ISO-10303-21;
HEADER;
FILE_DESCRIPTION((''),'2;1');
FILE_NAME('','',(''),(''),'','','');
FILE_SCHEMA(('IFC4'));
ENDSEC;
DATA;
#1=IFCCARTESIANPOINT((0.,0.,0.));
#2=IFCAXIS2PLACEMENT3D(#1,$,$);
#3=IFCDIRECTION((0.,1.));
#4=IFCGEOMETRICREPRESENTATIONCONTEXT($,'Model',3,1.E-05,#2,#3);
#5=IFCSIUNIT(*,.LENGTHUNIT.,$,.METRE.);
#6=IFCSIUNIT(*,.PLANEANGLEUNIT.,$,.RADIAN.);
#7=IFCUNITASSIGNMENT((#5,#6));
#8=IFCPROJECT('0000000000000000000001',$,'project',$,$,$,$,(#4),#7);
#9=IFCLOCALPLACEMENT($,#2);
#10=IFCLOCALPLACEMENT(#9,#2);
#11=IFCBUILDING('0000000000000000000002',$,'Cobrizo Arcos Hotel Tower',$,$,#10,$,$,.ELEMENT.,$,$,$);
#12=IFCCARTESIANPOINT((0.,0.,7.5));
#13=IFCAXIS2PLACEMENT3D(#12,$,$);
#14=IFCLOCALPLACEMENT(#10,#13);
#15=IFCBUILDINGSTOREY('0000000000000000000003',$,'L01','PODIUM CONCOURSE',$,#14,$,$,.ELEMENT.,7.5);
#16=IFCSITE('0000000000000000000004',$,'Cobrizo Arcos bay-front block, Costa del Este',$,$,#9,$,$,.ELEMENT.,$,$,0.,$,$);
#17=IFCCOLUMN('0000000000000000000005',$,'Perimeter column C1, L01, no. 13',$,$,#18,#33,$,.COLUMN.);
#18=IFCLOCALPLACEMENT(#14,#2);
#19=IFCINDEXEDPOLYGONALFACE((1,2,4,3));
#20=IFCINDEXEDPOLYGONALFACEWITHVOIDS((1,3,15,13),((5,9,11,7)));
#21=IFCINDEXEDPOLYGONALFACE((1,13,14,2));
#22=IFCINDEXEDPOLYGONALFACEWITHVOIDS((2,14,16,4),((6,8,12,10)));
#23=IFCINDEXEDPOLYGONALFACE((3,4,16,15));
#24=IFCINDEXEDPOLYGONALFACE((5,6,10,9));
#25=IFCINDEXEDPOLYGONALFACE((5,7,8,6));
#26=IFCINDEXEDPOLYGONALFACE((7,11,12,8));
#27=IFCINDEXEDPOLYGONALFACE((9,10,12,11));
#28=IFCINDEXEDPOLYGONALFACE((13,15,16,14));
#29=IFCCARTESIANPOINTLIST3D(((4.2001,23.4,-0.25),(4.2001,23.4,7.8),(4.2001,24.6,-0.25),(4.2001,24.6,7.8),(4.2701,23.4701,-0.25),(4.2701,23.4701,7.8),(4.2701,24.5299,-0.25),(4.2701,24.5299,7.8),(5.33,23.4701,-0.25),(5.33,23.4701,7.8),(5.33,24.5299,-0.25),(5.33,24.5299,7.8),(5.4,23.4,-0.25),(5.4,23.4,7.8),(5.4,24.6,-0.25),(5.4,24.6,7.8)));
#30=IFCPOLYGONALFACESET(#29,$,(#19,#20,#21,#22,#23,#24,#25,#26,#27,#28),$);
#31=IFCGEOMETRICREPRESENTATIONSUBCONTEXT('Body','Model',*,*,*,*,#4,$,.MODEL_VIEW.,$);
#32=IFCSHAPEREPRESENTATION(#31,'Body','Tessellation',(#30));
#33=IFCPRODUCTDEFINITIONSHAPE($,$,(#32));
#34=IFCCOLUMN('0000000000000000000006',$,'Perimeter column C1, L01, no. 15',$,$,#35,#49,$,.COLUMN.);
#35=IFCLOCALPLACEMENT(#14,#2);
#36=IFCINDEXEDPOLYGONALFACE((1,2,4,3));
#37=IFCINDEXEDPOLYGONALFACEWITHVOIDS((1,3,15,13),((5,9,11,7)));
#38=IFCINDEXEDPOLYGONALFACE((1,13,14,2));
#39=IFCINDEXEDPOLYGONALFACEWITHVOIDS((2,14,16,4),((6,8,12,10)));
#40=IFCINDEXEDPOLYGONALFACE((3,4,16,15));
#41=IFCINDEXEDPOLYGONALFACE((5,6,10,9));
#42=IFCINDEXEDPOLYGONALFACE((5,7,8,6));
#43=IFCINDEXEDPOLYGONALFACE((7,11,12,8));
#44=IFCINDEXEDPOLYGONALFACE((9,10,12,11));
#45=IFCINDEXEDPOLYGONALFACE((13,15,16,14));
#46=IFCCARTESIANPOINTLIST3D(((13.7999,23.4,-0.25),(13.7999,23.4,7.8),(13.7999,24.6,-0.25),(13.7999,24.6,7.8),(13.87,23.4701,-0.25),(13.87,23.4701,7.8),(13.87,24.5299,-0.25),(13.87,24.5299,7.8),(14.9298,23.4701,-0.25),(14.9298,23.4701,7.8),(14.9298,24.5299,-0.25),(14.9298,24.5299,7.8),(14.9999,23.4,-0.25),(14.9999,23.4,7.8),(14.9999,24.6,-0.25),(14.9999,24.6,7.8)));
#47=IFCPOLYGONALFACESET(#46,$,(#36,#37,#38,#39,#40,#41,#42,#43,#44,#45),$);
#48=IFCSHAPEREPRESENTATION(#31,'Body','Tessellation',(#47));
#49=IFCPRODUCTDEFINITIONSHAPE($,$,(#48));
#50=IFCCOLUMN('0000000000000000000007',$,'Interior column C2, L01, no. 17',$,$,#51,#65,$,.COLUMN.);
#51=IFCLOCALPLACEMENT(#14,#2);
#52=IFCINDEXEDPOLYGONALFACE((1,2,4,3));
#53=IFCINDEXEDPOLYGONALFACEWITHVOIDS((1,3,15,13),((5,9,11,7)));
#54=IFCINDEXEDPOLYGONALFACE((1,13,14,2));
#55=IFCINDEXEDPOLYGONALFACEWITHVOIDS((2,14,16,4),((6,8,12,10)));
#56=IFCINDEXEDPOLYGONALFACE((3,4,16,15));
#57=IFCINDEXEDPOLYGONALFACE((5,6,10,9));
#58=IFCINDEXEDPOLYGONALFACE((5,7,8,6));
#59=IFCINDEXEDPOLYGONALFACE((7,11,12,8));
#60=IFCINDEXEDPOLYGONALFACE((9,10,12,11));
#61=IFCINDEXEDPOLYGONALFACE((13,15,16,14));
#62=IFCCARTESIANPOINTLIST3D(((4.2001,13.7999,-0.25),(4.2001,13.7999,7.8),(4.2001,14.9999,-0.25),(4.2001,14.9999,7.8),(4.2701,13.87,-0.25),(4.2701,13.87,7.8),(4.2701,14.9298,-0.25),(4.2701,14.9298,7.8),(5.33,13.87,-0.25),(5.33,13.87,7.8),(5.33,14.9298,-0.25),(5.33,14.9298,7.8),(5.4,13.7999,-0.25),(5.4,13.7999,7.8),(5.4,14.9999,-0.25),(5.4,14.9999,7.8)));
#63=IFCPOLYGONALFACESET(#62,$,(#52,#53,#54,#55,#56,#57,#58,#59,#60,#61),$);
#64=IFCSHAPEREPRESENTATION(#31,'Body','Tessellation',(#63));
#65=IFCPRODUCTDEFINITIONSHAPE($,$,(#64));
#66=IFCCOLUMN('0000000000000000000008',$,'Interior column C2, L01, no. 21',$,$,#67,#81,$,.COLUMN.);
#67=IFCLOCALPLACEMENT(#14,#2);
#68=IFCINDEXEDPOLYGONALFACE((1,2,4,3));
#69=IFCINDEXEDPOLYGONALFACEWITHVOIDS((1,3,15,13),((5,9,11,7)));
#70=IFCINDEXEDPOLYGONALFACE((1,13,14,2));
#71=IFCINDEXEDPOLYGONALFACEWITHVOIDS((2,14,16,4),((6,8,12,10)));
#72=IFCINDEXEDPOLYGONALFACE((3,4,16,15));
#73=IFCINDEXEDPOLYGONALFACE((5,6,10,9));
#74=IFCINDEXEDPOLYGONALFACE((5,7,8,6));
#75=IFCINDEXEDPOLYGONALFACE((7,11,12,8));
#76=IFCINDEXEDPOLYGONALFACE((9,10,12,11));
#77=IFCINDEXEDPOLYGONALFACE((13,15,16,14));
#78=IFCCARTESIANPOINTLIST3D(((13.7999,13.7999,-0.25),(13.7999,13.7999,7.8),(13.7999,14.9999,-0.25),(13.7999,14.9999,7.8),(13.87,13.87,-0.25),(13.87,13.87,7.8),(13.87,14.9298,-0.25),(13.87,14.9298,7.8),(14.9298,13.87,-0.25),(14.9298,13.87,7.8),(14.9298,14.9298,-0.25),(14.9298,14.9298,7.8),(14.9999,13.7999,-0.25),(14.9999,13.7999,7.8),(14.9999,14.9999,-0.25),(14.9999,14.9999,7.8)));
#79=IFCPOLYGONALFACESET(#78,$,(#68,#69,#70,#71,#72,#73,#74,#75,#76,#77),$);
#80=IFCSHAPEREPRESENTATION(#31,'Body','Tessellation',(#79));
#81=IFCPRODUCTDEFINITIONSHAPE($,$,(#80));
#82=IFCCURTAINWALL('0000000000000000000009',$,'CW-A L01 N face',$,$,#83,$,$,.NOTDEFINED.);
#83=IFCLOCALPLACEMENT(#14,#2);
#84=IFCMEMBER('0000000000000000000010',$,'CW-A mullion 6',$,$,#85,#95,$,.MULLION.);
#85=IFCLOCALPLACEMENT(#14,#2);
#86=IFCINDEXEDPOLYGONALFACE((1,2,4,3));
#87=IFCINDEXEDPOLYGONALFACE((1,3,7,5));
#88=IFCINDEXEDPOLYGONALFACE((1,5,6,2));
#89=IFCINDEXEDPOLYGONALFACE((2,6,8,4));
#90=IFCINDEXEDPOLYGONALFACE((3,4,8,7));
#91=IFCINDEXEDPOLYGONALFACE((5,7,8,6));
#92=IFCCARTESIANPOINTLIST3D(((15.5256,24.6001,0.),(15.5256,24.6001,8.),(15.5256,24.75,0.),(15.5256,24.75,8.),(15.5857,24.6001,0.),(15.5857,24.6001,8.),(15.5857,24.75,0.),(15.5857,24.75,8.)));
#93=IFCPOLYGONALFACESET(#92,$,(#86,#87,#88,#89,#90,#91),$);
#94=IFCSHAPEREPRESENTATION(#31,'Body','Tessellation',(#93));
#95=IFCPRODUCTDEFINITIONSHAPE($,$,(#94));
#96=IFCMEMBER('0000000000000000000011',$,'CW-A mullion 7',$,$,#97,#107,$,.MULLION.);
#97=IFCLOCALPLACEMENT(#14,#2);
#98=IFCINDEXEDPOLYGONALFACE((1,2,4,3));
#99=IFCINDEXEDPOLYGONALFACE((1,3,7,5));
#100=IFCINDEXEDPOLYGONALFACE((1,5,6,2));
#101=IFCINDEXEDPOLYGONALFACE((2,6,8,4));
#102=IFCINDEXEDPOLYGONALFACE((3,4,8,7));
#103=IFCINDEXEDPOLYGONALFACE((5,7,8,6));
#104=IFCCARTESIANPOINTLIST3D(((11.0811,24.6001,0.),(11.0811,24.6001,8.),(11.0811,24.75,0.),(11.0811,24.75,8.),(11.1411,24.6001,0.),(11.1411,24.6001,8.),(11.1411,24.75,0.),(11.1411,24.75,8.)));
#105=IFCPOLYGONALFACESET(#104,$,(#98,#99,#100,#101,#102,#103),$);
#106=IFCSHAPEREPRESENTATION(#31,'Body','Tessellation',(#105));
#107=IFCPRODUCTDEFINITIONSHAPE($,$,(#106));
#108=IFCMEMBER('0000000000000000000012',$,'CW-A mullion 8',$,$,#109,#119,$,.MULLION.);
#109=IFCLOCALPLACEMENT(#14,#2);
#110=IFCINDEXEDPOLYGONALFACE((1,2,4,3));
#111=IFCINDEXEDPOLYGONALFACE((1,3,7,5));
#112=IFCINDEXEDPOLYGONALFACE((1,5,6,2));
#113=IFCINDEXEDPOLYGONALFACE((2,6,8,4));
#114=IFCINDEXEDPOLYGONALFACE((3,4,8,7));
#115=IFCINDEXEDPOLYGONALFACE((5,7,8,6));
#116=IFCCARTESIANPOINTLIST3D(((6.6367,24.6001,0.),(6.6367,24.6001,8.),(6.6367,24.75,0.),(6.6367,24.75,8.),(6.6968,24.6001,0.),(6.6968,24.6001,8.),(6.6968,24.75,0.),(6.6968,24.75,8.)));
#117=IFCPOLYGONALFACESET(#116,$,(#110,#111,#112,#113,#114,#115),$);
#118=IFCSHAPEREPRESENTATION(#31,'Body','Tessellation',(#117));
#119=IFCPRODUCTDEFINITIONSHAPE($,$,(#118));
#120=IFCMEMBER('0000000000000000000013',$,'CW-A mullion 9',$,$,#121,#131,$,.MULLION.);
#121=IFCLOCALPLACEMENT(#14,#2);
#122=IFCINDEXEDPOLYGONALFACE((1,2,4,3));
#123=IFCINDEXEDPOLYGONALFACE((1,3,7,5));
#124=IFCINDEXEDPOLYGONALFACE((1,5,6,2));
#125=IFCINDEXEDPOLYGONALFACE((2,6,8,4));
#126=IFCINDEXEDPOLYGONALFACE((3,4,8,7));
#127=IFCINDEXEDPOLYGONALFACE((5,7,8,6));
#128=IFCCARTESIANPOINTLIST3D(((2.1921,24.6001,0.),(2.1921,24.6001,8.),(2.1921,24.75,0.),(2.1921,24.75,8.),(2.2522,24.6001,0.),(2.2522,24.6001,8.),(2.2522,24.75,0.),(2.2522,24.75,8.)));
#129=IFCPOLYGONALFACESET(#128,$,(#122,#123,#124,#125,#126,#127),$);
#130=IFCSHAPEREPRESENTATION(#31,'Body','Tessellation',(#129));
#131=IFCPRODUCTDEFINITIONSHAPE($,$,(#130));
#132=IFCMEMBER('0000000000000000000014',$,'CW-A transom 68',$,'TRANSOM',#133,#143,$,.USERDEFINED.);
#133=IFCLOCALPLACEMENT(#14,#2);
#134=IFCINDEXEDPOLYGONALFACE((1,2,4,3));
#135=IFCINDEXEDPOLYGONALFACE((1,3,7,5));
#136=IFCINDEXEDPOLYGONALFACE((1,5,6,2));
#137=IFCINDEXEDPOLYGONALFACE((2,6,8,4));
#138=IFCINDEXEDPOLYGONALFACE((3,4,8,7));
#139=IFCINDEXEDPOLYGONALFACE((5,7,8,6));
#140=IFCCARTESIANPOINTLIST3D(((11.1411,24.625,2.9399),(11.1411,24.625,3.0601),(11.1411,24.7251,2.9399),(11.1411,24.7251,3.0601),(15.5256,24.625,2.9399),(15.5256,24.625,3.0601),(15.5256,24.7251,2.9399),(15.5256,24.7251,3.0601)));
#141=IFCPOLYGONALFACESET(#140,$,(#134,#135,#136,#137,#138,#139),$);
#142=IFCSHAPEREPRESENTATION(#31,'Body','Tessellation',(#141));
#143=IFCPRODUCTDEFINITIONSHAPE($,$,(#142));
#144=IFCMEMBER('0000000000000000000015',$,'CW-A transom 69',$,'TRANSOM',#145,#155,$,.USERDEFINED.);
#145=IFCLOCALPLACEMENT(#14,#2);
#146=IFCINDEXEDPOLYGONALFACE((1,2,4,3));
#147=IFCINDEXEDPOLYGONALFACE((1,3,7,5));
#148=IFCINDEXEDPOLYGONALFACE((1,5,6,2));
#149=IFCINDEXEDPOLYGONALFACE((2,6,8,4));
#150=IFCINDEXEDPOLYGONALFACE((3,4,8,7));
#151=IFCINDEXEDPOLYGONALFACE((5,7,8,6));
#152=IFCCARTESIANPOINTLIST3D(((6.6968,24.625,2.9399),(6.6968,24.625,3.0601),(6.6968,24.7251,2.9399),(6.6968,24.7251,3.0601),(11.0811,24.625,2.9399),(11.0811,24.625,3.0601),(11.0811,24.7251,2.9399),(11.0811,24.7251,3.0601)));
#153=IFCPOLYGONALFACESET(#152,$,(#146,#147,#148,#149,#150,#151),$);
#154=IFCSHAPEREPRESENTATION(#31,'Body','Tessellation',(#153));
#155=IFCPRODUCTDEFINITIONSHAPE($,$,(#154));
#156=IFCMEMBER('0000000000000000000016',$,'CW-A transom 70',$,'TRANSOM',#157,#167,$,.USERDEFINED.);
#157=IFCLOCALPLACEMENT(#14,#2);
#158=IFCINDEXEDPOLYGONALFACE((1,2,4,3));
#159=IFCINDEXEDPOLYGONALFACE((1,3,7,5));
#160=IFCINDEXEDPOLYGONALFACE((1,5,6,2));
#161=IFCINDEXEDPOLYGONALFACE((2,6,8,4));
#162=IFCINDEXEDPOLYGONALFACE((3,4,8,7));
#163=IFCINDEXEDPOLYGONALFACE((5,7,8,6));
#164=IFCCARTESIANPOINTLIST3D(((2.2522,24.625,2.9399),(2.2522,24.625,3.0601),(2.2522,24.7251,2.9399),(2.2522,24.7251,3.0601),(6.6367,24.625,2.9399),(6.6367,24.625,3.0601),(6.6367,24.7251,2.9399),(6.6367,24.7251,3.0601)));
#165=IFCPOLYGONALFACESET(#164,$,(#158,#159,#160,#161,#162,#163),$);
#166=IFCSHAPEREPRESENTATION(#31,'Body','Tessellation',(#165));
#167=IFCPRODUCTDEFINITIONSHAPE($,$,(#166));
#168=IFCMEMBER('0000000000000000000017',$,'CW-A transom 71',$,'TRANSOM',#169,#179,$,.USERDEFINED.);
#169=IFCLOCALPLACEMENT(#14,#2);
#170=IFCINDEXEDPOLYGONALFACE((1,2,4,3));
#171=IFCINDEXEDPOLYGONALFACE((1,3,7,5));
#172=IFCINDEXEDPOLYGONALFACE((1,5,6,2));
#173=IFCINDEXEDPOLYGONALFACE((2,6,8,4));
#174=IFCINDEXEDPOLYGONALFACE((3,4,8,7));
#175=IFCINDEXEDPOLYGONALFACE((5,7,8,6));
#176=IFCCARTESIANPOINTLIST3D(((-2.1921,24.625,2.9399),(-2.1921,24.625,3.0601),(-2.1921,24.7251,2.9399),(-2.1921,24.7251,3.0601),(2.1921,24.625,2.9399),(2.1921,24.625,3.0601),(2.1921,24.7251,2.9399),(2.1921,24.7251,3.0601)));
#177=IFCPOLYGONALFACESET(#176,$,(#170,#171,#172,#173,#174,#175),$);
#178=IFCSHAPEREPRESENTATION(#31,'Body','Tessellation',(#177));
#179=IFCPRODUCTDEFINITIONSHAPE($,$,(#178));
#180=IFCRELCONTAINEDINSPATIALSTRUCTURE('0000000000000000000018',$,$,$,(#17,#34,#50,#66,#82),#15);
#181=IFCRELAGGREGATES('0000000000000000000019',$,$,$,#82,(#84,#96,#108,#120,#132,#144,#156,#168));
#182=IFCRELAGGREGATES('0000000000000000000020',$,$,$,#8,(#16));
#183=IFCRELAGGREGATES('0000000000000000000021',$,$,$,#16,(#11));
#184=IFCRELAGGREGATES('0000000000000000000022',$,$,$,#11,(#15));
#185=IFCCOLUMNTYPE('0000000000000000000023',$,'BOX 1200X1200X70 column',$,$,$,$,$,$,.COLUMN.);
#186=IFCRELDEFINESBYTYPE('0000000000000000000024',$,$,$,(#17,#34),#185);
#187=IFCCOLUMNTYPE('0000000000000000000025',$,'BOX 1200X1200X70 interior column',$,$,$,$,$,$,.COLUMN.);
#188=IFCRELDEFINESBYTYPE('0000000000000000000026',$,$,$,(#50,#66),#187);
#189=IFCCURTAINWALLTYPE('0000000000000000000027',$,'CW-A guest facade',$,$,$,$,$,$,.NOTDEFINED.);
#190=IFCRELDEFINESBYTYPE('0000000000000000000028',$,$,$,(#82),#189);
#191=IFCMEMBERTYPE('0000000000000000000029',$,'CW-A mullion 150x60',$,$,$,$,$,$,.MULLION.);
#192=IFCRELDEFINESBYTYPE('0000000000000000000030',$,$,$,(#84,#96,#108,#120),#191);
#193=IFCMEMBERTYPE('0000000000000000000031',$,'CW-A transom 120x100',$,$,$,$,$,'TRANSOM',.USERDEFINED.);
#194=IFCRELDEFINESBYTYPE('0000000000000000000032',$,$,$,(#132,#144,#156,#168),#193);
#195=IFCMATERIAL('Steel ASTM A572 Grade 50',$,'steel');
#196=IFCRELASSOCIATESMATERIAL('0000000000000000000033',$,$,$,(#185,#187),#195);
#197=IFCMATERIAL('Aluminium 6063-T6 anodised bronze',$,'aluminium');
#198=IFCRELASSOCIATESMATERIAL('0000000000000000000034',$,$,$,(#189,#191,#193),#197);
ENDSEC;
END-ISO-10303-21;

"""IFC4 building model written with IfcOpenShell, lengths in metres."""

from ifc_helpers import new_model, si_unit, direction, frame, origin, origin_2d, place, context, subcontext, project, spatial, rectangle, hollow_rectangle, extrude, material, material_profile, profile_set, type_object, element, aggregate, save


model = new_model("IFC4")

# Units and contexts
model_context = context("Model", 3, precision=1e-05, world=origin(), true_north=direction((0.0, 1.0)))
body_context = subcontext(model_context, "Body", "Model", "MODEL_VIEW")
ifc_project = project(units=[si_unit("LENGTHUNIT", "METRE"), si_unit("PLANEANGLEUNIT", "RADIAN")], contexts=[model_context])

# Site, building, storey
site_placement = place(None, origin())
site = spatial("IfcSite", under=ifc_project, at=site_placement, Name="Cobrizo Arcos bay-front block, Costa del Este", CompositionType="ELEMENT", RefElevation=0.0)
building_placement = place(site_placement, origin())
building = spatial("IfcBuilding", under=site, at=building_placement, Name="Cobrizo Arcos Hotel Tower", CompositionType="ELEMENT")
storey_placement = place(building_placement, frame((0.0, 0.0, 7.5)))
storey = spatial("IfcBuildingStorey", under=building, at=storey_placement, Name="L01", Description="PODIUM CONCOURSE", CompositionType="ELEMENT", Elevation=7.5)

# Columns
ifc_material_1 = material(Name="Steel ASTM A572 Grade 50", Category="steel")
ifc_material_profile_1 = material_profile(ifc_material_1, hollow_rectangle(XDim=1.2, YDim=1.2, WallThickness=0.0701, at=origin_2d()), Name="BOX 1200X1200X70")
ifc_profile_set_1 = profile_set([ifc_material_profile_1], Name="Steel ASTM A572 Grade 50")
column_type_1 = type_object("IfcColumnType", Name="BOX 1200X1200X70 column", PredefinedType="COLUMN", material=ifc_profile_set_1)
for number, where, z_axis, x_axis, name in (
    (1, (4.8, 24.0, -0.25), (0.0, 0.0, 1.0), (1.0, 0.0, 0.0), "Perimeter column C1, L01, no. 13"),
    (2, (14.3999, 24.0, -0.25), (0.0, 0.0, 1.0), (1.0, 0.0, 0.0), "Perimeter column C1, L01, no. 15"),
):
    element("IfcColumn", number, at=place(storey_placement, frame(where, z_axis=z_axis, x_axis=x_axis)), inside=storey, type_object=column_type_1, Name=name, PredefinedType="COLUMN", context=body_context, shape_type="SweptSolid", body=[
        extrude(hollow_rectangle(XDim=1.2, YDim=1.2, WallThickness=0.0701, at=origin_2d()), origin(), (0.0, 0.0, 1.0), 8.05),
    ])
ifc_material_profile_2 = material_profile(ifc_material_1, hollow_rectangle(XDim=1.2, YDim=1.2, WallThickness=0.0701, at=origin_2d()), Name="BOX 1200X1200X70")
ifc_profile_set_2 = profile_set([ifc_material_profile_2], Name="Steel ASTM A572 Grade 50")
column_type_2 = type_object("IfcColumnType", Name="BOX 1200X1200X70 interior column", PredefinedType="COLUMN", material=ifc_profile_set_2)
for number, where, z_axis, x_axis, name in (
    (3, (4.8, 14.3999, -0.25), (0.0, 0.0, 1.0), (1.0, 0.0, 0.0), "Interior column C2, L01, no. 17"),
    (4, (14.3999, 14.3999, -0.25), (0.0, 0.0, 1.0), (1.0, 0.0, 0.0), "Interior column C2, L01, no. 21"),
):
    element("IfcColumn", number, at=place(storey_placement, frame(where, z_axis=z_axis, x_axis=x_axis)), inside=storey, type_object=column_type_2, Name=name, PredefinedType="COLUMN", context=body_context, shape_type="SweptSolid", body=[
        extrude(hollow_rectangle(XDim=1.2, YDim=1.2, WallThickness=0.0701, at=origin_2d()), origin(), (0.0, 0.0, 1.0), 8.05),
    ])

# Curtain wall, members
ifc_material_2 = material(Name="Aluminium 6063-T6 anodised bronze", Category="aluminium")
curtain_wall_type = type_object("IfcCurtainWallType", Name="CW-A guest facade", PredefinedType="NOTDEFINED", material=ifc_material_2)
curtain_wall_placement = place(storey_placement, origin())
curtain_wall = element("IfcCurtainWall", 5, at=curtain_wall_placement, inside=storey, type_object=curtain_wall_type, Name="CW-A L01 N face", PredefinedType="NOTDEFINED")
ifc_material_profile_3 = material_profile(ifc_material_2, rectangle(XDim=0.1499, YDim=0.0601, at=origin_2d()), Name="CW-A mullion 150x60")
ifc_profile_set_3 = profile_set([ifc_material_profile_3], Name="Aluminium 6063-T6 anodised bronze")
member_type_1 = type_object("IfcMemberType", Name="CW-A mullion 150x60", PredefinedType="MULLION", material=ifc_profile_set_3)
member_1_placement = place(storey_placement, frame((15.5557, 24.675, 0.0), z_axis=(0.0, 0.0, 1.0), x_axis=(0.0, 1.0, 0.0)))
member_1 = element("IfcMember", 6, at=member_1_placement, type_object=member_type_1, Name="CW-A mullion 6", PredefinedType="MULLION", context=body_context, shape_type="SweptSolid", body=[
    extrude(rectangle(XDim=0.1499, YDim=0.0601, at=origin_2d()), origin(), (0.0, 0.0, 1.0), 8.0),
])
member_2_placement = place(storey_placement, frame((11.1111, 24.675, 0.0), z_axis=(0.0, 0.0, 1.0), x_axis=(0.0, 1.0, 0.0)))
member_2 = element("IfcMember", 7, at=member_2_placement, type_object=member_type_1, Name="CW-A mullion 7", PredefinedType="MULLION", context=body_context, shape_type="SweptSolid", body=[
    extrude(rectangle(XDim=0.1499, YDim=0.0601, at=origin_2d()), origin(), (0.0, 0.0, 1.0), 8.0),
])
member_3_placement = place(storey_placement, frame((6.6667, 24.675, 0.0), z_axis=(0.0, 0.0, 1.0), x_axis=(0.0, 1.0, 0.0)))
member_3 = element("IfcMember", 8, at=member_3_placement, type_object=member_type_1, Name="CW-A mullion 8", PredefinedType="MULLION", context=body_context, shape_type="SweptSolid", body=[
    extrude(rectangle(XDim=0.1499, YDim=0.0601, at=origin_2d()), origin(), (0.0, 0.0, 1.0), 8.0),
])
member_4_placement = place(storey_placement, frame((2.2222, 24.675, 0.0), z_axis=(0.0, 0.0, 1.0), x_axis=(0.0, 1.0, 0.0)))
member_4 = element("IfcMember", 9, at=member_4_placement, type_object=member_type_1, Name="CW-A mullion 9", PredefinedType="MULLION", context=body_context, shape_type="SweptSolid", body=[
    extrude(rectangle(XDim=0.1499, YDim=0.0601, at=origin_2d()), origin(), (0.0, 0.0, 1.0), 8.0),
])
ifc_material_profile_4 = material_profile(ifc_material_2, rectangle(XDim=0.1001, YDim=0.1201, at=origin_2d()), Name="CW-A transom 120x100")
ifc_profile_set_4 = profile_set([ifc_material_profile_4], Name="Aluminium 6063-T6 anodised bronze")
member_type_2 = type_object("IfcMemberType", Name="CW-A transom 120x100", ElementType="TRANSOM", PredefinedType="USERDEFINED", material=ifc_profile_set_4)
member_5_placement = place(storey_placement, frame((15.5256, 24.675, 3.0), z_axis=(-1.0, 0.0, 0.0), x_axis=(0.0, -1.0, 0.0)))
member_5 = element("IfcMember", 10, at=member_5_placement, type_object=member_type_2, Name="CW-A transom 68", ObjectType="TRANSOM", PredefinedType="USERDEFINED", context=body_context, shape_type="SweptSolid", body=[
    extrude(rectangle(XDim=0.1001, YDim=0.1201, at=origin_2d()), origin(), (0.0, 0.0, 1.0), 4.3845),
])
member_6_placement = place(storey_placement, frame((11.0811, 24.675, 3.0), z_axis=(-1.0, 0.0, 0.0), x_axis=(0.0, -1.0, 0.0)))
member_6 = element("IfcMember", 11, at=member_6_placement, type_object=member_type_2, Name="CW-A transom 69", ObjectType="TRANSOM", PredefinedType="USERDEFINED", context=body_context, shape_type="SweptSolid", body=[
    extrude(rectangle(XDim=0.1001, YDim=0.1201, at=origin_2d()), origin(), (0.0, 0.0, 1.0), 4.3843),
])
member_7_placement = place(storey_placement, frame((6.6367, 24.675, 3.0), z_axis=(-1.0, 0.0, 0.0), x_axis=(0.0, -1.0, 0.0)))
member_7 = element("IfcMember", 12, at=member_7_placement, type_object=member_type_2, Name="CW-A transom 70", ObjectType="TRANSOM", PredefinedType="USERDEFINED", context=body_context, shape_type="SweptSolid", body=[
    extrude(rectangle(XDim=0.1001, YDim=0.1201, at=origin_2d()), origin(), (0.0, 0.0, 1.0), 4.3845),
])
member_8_placement = place(storey_placement, frame((2.1921, 24.675, 3.0), z_axis=(-1.0, 0.0, 0.0), x_axis=(0.0, -1.0, 0.0)))
member_8 = element("IfcMember", 13, at=member_8_placement, type_object=member_type_2, Name="CW-A transom 71", ObjectType="TRANSOM", PredefinedType="USERDEFINED", context=body_context, shape_type="SweptSolid", body=[
    extrude(rectangle(XDim=0.1001, YDim=0.1201, at=origin_2d()), origin(), (0.0, 0.0, 1.0), 4.3843),
])

aggregate(curtain_wall, [member_1, member_2, member_3, member_4, member_5, member_6, member_7, member_8])

save(model, "model.ifc")
